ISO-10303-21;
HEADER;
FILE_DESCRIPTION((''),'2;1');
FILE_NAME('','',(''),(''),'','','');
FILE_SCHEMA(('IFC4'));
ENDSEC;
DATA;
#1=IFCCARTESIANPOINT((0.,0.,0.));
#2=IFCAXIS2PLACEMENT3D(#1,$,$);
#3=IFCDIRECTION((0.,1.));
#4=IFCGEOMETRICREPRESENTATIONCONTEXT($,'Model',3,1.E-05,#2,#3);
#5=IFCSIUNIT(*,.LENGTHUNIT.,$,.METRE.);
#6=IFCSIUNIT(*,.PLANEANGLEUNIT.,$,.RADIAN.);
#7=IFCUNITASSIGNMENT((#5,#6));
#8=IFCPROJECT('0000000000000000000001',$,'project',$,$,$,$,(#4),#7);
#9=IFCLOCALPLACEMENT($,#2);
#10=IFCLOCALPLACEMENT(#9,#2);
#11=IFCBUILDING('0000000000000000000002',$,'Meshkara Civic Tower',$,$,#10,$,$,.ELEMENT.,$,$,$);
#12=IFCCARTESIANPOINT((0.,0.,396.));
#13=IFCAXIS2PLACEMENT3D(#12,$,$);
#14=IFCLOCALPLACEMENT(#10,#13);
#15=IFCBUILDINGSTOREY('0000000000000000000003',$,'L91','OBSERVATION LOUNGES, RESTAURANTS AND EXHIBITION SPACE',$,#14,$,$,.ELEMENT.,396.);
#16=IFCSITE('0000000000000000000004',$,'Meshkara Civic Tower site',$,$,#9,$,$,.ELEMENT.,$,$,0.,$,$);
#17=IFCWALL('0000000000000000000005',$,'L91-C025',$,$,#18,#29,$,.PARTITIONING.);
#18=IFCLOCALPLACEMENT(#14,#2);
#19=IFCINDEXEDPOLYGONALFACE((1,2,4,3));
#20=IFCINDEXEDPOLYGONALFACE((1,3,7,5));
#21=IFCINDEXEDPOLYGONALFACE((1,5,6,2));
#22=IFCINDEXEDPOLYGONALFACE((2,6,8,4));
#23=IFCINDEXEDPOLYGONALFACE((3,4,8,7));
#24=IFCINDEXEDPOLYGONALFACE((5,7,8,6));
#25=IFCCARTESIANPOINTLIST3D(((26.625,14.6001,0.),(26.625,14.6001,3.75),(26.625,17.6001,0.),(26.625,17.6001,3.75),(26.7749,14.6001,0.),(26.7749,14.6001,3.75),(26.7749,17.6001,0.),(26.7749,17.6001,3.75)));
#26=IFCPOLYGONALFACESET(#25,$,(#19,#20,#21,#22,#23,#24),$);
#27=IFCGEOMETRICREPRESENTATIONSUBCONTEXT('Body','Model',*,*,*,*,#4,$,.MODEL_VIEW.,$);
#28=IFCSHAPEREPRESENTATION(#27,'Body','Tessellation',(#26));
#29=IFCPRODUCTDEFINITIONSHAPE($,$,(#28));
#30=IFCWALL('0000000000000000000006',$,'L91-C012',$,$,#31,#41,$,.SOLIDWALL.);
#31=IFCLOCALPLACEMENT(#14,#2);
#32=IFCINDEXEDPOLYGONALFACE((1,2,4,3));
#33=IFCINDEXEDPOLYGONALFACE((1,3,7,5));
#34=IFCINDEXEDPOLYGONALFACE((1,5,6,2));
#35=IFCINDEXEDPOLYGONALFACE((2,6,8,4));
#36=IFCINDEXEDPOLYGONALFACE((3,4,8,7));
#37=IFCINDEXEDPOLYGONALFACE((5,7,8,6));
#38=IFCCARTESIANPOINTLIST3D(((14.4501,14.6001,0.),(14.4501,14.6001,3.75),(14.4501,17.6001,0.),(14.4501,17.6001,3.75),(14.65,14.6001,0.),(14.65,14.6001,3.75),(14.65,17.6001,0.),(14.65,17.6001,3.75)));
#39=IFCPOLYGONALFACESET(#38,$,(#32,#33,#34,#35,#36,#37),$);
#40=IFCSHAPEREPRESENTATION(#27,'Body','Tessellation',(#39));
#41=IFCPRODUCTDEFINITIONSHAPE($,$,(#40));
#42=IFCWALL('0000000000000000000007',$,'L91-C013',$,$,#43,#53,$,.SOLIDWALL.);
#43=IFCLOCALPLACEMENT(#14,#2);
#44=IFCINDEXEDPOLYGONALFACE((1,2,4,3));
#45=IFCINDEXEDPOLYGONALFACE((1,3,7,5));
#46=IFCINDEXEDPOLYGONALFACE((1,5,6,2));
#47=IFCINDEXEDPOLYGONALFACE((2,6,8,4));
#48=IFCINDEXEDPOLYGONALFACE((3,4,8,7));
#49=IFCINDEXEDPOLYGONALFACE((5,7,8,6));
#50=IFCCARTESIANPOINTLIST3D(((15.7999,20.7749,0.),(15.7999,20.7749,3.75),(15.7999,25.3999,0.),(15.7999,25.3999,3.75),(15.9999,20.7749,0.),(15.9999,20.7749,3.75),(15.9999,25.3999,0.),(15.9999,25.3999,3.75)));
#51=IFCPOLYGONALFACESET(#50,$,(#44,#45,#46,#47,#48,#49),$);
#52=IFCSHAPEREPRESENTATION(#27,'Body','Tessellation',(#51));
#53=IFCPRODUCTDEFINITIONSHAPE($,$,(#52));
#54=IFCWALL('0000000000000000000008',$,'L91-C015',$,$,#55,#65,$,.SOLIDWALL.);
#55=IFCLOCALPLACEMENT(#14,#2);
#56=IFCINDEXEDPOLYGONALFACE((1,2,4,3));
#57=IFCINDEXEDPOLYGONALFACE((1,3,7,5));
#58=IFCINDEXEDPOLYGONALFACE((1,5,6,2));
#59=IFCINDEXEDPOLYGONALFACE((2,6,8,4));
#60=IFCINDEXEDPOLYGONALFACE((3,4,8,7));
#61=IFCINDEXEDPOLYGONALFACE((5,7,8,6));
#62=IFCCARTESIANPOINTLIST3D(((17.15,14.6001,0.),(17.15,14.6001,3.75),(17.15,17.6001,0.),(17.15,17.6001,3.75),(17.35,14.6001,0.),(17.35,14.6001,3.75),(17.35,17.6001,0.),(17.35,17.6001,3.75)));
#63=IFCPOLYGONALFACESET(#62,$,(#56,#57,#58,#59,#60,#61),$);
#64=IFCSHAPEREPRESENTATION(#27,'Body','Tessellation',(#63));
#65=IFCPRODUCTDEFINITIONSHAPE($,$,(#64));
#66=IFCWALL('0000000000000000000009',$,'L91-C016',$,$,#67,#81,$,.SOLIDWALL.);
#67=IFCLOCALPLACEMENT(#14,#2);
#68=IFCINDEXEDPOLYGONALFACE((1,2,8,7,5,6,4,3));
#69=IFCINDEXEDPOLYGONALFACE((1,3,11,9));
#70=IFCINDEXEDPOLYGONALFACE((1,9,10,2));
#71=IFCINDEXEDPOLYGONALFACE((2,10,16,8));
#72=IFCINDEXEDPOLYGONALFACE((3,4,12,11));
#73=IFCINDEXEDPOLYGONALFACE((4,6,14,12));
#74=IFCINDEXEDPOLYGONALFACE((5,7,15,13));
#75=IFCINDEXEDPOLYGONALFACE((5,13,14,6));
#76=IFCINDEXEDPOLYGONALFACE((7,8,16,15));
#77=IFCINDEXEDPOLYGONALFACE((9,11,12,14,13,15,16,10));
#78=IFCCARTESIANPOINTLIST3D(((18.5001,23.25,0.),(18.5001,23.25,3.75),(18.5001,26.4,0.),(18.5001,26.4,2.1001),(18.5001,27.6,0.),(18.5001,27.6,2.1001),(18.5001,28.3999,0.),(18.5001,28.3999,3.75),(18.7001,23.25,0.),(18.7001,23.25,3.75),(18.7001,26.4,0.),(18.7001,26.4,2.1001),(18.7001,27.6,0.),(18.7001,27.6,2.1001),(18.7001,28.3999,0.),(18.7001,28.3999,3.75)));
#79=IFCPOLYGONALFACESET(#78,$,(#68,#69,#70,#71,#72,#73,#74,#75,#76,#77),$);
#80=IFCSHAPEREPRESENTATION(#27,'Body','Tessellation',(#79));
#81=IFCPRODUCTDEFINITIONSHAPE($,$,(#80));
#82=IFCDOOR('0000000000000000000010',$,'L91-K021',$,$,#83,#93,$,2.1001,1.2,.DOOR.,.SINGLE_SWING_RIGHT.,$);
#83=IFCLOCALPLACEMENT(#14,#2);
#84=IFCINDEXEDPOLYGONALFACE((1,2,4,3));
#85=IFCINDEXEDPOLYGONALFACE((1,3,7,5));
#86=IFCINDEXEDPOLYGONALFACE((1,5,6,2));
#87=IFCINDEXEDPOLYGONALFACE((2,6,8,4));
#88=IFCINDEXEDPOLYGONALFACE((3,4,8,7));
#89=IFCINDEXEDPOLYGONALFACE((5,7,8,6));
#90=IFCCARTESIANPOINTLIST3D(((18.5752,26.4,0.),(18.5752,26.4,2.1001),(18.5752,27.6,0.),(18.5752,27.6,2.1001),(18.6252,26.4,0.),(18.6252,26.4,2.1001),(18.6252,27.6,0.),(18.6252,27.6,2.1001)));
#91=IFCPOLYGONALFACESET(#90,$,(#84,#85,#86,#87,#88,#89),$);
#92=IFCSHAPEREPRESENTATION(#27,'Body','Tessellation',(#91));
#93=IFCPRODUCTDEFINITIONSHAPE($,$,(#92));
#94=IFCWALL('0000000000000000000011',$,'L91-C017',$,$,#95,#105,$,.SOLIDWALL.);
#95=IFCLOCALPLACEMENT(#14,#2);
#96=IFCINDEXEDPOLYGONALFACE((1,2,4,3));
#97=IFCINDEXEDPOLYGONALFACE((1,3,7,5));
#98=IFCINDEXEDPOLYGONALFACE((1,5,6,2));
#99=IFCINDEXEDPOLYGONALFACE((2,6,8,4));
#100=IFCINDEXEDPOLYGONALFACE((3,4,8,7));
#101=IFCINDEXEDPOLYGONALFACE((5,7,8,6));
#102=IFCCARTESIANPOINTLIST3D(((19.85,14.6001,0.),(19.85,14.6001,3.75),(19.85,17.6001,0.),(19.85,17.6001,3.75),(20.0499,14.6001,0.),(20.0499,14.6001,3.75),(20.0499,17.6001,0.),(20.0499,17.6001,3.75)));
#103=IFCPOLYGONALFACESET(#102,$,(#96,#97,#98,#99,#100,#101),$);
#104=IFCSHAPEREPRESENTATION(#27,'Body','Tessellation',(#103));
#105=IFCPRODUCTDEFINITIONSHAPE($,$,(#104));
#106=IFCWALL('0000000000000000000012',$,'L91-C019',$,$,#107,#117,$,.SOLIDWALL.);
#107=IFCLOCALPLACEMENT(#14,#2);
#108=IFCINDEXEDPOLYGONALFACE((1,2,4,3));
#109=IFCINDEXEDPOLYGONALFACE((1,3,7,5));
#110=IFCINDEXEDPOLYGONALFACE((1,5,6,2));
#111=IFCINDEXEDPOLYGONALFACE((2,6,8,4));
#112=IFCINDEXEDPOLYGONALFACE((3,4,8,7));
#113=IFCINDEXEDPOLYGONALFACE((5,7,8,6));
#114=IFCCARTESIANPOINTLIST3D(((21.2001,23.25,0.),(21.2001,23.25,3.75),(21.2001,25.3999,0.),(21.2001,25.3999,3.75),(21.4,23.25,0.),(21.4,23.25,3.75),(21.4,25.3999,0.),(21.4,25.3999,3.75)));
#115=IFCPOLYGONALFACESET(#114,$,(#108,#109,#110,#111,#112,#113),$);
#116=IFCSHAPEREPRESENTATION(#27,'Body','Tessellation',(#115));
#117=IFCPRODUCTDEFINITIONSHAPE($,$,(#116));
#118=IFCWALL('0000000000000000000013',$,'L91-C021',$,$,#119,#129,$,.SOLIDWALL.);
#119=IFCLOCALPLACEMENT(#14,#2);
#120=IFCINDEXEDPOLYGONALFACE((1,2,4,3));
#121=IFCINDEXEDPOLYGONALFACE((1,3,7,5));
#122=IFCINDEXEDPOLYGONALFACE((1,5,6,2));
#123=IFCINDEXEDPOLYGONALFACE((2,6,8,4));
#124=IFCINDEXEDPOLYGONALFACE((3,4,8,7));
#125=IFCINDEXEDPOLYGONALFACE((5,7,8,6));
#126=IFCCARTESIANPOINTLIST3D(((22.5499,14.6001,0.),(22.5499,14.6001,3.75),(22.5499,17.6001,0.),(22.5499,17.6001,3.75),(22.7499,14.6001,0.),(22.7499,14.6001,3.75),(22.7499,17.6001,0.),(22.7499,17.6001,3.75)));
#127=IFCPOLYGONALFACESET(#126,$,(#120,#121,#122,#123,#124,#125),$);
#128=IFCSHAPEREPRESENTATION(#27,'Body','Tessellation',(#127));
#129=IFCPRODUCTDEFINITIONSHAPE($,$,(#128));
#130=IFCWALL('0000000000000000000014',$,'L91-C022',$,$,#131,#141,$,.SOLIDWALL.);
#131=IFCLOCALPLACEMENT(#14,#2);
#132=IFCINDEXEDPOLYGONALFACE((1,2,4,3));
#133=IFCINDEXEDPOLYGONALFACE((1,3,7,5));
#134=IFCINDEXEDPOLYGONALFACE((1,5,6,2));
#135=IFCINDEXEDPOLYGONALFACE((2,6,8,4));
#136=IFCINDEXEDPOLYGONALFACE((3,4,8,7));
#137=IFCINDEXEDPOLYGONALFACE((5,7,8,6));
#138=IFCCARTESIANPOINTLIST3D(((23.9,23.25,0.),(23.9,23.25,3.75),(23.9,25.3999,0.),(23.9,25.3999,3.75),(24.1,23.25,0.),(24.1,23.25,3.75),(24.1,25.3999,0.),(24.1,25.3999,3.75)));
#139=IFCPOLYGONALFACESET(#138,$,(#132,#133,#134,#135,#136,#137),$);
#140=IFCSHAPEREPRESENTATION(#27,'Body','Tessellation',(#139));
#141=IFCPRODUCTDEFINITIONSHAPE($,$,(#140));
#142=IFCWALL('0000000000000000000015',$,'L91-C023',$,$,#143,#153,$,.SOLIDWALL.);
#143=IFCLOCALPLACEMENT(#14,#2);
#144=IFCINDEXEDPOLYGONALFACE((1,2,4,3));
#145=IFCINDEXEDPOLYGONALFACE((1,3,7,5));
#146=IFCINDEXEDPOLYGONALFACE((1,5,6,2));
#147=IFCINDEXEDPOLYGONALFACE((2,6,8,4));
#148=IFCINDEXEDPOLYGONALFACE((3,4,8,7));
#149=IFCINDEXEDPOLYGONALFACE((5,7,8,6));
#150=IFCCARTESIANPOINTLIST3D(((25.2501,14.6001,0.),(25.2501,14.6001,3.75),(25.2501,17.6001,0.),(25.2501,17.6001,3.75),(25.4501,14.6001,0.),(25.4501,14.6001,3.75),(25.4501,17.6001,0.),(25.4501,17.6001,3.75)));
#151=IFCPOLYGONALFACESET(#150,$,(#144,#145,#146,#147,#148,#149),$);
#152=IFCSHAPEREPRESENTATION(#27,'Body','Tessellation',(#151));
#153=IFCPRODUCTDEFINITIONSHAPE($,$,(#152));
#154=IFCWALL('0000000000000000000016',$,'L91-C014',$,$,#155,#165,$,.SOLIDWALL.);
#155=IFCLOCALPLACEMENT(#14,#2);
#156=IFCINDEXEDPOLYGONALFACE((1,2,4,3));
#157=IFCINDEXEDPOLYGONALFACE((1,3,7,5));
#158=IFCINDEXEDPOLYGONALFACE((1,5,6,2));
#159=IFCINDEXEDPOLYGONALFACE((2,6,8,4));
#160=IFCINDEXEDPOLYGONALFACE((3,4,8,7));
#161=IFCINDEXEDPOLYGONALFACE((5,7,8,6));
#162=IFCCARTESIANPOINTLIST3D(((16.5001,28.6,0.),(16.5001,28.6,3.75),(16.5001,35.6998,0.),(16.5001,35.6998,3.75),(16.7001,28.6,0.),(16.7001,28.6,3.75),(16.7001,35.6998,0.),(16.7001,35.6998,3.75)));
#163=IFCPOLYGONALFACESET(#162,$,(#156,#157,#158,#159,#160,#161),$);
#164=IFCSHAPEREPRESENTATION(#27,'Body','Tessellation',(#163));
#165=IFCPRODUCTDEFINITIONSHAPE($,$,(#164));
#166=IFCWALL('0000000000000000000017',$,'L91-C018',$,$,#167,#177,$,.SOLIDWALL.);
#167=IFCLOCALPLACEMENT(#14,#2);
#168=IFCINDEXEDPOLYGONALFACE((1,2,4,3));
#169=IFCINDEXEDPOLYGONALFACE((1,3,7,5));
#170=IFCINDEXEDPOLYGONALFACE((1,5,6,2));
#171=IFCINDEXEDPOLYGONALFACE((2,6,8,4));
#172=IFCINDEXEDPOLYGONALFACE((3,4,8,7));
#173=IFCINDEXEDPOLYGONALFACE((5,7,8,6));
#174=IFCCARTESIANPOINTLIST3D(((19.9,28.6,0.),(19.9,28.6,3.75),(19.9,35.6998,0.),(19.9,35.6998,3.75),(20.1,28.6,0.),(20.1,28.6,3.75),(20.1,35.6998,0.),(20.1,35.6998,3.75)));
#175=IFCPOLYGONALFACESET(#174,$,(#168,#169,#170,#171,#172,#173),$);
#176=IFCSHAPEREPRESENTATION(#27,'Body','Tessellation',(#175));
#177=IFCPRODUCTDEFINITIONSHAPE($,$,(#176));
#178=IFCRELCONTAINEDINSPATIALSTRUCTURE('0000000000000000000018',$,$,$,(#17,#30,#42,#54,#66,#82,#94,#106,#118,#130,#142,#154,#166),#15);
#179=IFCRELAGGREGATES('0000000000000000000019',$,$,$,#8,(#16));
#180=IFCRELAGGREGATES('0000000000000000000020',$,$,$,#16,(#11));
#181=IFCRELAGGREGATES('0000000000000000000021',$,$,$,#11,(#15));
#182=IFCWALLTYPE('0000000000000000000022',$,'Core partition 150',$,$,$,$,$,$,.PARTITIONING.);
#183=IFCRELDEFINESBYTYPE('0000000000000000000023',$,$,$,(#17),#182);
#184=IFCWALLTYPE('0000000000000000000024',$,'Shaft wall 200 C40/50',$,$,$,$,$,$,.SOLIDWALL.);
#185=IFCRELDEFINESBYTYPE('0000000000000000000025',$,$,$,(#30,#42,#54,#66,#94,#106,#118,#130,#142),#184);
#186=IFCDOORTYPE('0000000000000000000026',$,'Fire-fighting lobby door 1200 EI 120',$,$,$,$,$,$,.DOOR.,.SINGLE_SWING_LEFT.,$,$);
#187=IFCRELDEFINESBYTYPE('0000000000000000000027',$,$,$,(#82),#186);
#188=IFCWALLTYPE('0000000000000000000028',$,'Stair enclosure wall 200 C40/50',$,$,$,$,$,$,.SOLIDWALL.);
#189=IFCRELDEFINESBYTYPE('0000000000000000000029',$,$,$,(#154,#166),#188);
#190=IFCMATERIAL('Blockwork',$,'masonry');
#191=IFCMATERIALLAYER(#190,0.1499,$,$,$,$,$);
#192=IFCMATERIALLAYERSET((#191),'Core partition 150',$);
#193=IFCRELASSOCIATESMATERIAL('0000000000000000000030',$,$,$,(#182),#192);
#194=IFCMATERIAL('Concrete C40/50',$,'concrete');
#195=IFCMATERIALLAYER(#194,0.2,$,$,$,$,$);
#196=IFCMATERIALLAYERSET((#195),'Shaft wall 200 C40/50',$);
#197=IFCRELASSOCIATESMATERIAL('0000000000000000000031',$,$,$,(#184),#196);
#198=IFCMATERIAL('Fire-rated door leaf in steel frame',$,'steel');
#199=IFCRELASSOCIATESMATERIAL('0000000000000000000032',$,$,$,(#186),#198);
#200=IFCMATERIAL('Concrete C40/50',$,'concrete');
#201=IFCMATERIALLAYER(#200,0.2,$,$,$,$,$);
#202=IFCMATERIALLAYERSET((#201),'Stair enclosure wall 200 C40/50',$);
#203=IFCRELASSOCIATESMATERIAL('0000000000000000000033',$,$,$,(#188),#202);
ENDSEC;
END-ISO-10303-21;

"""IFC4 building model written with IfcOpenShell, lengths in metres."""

from ifc_helpers import new_model, si_unit, direction, frame, frame_2d, origin, place, context, subcontext, project, spatial, rectangle, extrude, material, layer, layer_set, type_object, element, fill, save


model = new_model("IFC4")

# Units and contexts
model_context = context("Model", 3, precision=1e-05, world=origin(), true_north=direction((0.0, 1.0)))
body_context = subcontext(model_context, "Body", "Model", "MODEL_VIEW")
ifc_project = project(units=[si_unit("LENGTHUNIT", "METRE"), si_unit("PLANEANGLEUNIT", "RADIAN")], contexts=[model_context])

# Site, building, storey
site_placement = place(None, origin())
site = spatial("IfcSite", under=ifc_project, at=site_placement, Name="Meshkara Civic Tower site", CompositionType="ELEMENT", RefElevation=0.0)
building_placement = place(site_placement, origin())
building = spatial("IfcBuilding", under=site, at=building_placement, Name="Meshkara Civic Tower", CompositionType="ELEMENT")
storey_placement = place(building_placement, frame((0.0, 0.0, 396.0)))
storey = spatial("IfcBuildingStorey", under=building, at=storey_placement, Name="L91", Description="OBSERVATION LOUNGES, RESTAURANTS AND EXHIBITION SPACE", CompositionType="ELEMENT", Elevation=396.0)

# Walls
ifc_material_1 = material(Name="Blockwork", Category="masonry")
ifc_layer_1 = layer(ifc_material_1, 0.1499)
ifc_layer_set_1 = layer_set([ifc_layer_1], Name="Core partition 150")
wall_type_1 = type_object("IfcWallType", Name="Core partition 150", PredefinedType="PARTITIONING", material=ifc_layer_set_1)
wall_1_placement = place(storey_placement, frame((26.7, 14.6001, 0.0), z_axis=(0.0, 0.0, 1.0), x_axis=(0.0, 1.0, 0.0)))
element("IfcWall", 1, at=wall_1_placement, inside=storey, type_object=wall_type_1, Name="L91-C025", PredefinedType="PARTITIONING", context=body_context, shape_type="SweptSolid", body=[
    extrude(rectangle(XDim=3.0, YDim=0.1499, at=frame_2d((1.5, 0.0))), origin(), (0.0, 0.0, 1.0), 3.75),
])
ifc_material_2 = material(Name="Concrete C40/50", Category="concrete")
ifc_layer_2 = layer(ifc_material_2, 0.2)
ifc_layer_set_2 = layer_set([ifc_layer_2], Name="Shaft wall 200 C40/50")
wall_type_2 = type_object("IfcWallType", Name="Shaft wall 200 C40/50", PredefinedType="SOLIDWALL", material=ifc_layer_set_2)
wall_2_placement = place(storey_placement, frame((14.55, 14.6001, 0.0), z_axis=(0.0, 0.0, 1.0), x_axis=(0.0, 1.0, 0.0)))
element("IfcWall", 2, at=wall_2_placement, inside=storey, type_object=wall_type_2, Name="L91-C012", PredefinedType="SOLIDWALL", context=body_context, shape_type="SweptSolid", body=[
    extrude(rectangle(XDim=3.0, YDim=0.2, at=frame_2d((1.5, 0.0))), origin(), (0.0, 0.0, 1.0), 3.75),
])
wall_3_placement = place(storey_placement, frame((15.8999, 20.7749, 0.0), z_axis=(0.0, 0.0, 1.0), x_axis=(0.0, 1.0, 0.0)))
element("IfcWall", 3, at=wall_3_placement, inside=storey, type_object=wall_type_2, Name="L91-C013", PredefinedType="SOLIDWALL", context=body_context, shape_type="SweptSolid", body=[
    extrude(rectangle(XDim=4.625, YDim=0.2, at=frame_2d((2.3125, 0.0))), origin(), (0.0, 0.0, 1.0), 3.75),
])
wall_4_placement = place(storey_placement, frame((17.25, 14.6001, 0.0), z_axis=(0.0, 0.0, 1.0), x_axis=(0.0, 1.0, 0.0)))
element("IfcWall", 4, at=wall_4_placement, inside=storey, type_object=wall_type_2, Name="L91-C015", PredefinedType="SOLIDWALL", context=body_context, shape_type="SweptSolid", body=[
    extrude(rectangle(XDim=3.0, YDim=0.2, at=frame_2d((1.5, 0.0))), origin(), (0.0, 0.0, 1.0), 3.75),
])

# Wall, opening, door
wall_5_placement = place(storey_placement, frame((18.6001, 23.25, 0.0), z_axis=(0.0, 0.0, 1.0), x_axis=(0.0, 1.0, 0.0)))
wall_5 = element("IfcWall", 5, at=wall_5_placement, inside=storey, type_object=wall_type_2, Name="L91-C016", PredefinedType="SOLIDWALL", context=body_context, shape_type="SweptSolid", body=[
    extrude(rectangle(XDim=5.1499, YDim=0.2, at=frame_2d((2.575, 0.0))), origin(), (0.0, 0.0, 1.0), 3.75),
])
opening_placement = place(wall_5_placement, frame((3.1499, 0.0, 0.0)))
opening = element("IfcOpeningElement", 6, at=opening_placement, cuts=wall_5, PredefinedType="OPENING", context=body_context, shape_type="SweptSolid", body=[
    extrude(rectangle(XDim=1.2, YDim=2.1001, at=frame_2d((0.6001, 1.05))), frame((0.0, 0.1099, 0.0), z_axis=(0.0, -1.0, 0.0), x_axis=(1.0, 0.0, 0.0)), (0.0, 0.0, 1.0), 0.22),
])
ifc_material_3 = material(Name="Fire-rated door leaf in steel frame", Category="steel")
door_type = type_object("IfcDoorType", Name="Fire-fighting lobby door 1200 EI 120", OperationType="SINGLE_SWING_LEFT", PredefinedType="DOOR", material=ifc_material_3)
door_placement = place(opening_placement, origin())
door = element("IfcDoor", 7, at=door_placement, inside=storey, type_object=door_type, Name="L91-K021", OperationType="SINGLE_SWING_RIGHT", OverallHeight=2.1001, OverallWidth=1.2, PredefinedType="DOOR", context=body_context, shape_type="SweptSolid", body=[
    extrude(rectangle(XDim=1.2, YDim=2.1001, at=frame_2d((0.6001, 1.05))), frame((0.0, 0.0249, 0.0), z_axis=(0.0, -1.0, 0.0), x_axis=(1.0, 0.0, 0.0)), (0.0, 0.0, 1.0), 0.05),
])
fill(opening, door)

# Walls
wall_6_placement = place(storey_placement, frame((19.95, 14.6001, 0.0), z_axis=(0.0, 0.0, 1.0), x_axis=(0.0, 1.0, 0.0)))
element("IfcWall", 8, at=wall_6_placement, inside=storey, type_object=wall_type_2, Name="L91-C017", PredefinedType="SOLIDWALL", context=body_context, shape_type="SweptSolid", body=[
    extrude(rectangle(XDim=3.0, YDim=0.2, at=frame_2d((1.5, 0.0))), origin(), (0.0, 0.0, 1.0), 3.75),
])
wall_7_placement = place(storey_placement, frame((21.3, 23.25, 0.0), z_axis=(0.0, 0.0, 1.0), x_axis=(0.0, 1.0, 0.0)))
element("IfcWall", 9, at=wall_7_placement, inside=storey, type_object=wall_type_2, Name="L91-C019", PredefinedType="SOLIDWALL", context=body_context, shape_type="SweptSolid", body=[
    extrude(rectangle(XDim=2.1499, YDim=0.2, at=frame_2d((1.075, 0.0))), origin(), (0.0, 0.0, 1.0), 3.75),
])
wall_8_placement = place(storey_placement, frame((22.6499, 14.6001, 0.0), z_axis=(0.0, 0.0, 1.0), x_axis=(0.0, 1.0, 0.0)))
element("IfcWall", 10, at=wall_8_placement, inside=storey, type_object=wall_type_2, Name="L91-C021", PredefinedType="SOLIDWALL", context=body_context, shape_type="SweptSolid", body=[
    extrude(rectangle(XDim=3.0, YDim=0.2, at=frame_2d((1.5, 0.0))), origin(), (0.0, 0.0, 1.0), 3.75),
])
wall_9_placement = place(storey_placement, frame((24.0, 23.25, 0.0), z_axis=(0.0, 0.0, 1.0), x_axis=(0.0, 1.0, 0.0)))
element("IfcWall", 11, at=wall_9_placement, inside=storey, type_object=wall_type_2, Name="L91-C022", PredefinedType="SOLIDWALL", context=body_context, shape_type="SweptSolid", body=[
    extrude(rectangle(XDim=2.1499, YDim=0.2, at=frame_2d((1.075, 0.0))), origin(), (0.0, 0.0, 1.0), 3.75),
])
wall_10_placement = place(storey_placement, frame((25.3501, 14.6001, 0.0), z_axis=(0.0, 0.0, 1.0), x_axis=(0.0, 1.0, 0.0)))
element("IfcWall", 12, at=wall_10_placement, inside=storey, type_object=wall_type_2, Name="L91-C023", PredefinedType="SOLIDWALL", context=body_context, shape_type="SweptSolid", body=[
    extrude(rectangle(XDim=3.0, YDim=0.2, at=frame_2d((1.5, 0.0))), origin(), (0.0, 0.0, 1.0), 3.75),
])
ifc_material_4 = material(Name="Concrete C40/50", Category="concrete")
ifc_layer_3 = layer(ifc_material_4, 0.2)
ifc_layer_set_3 = layer_set([ifc_layer_3], Name="Stair enclosure wall 200 C40/50")
wall_type_3 = type_object("IfcWallType", Name="Stair enclosure wall 200 C40/50", PredefinedType="SOLIDWALL", material=ifc_layer_set_3)
for number, where, z_axis, x_axis, name in (
    (13, (16.6001, 28.6001, 0.0), (0.0, 0.0, 1.0), (0.0, 1.0, 0.0), "L91-C014"),
    (14, (20.0, 28.6001, 0.0), (0.0, 0.0, 1.0), (0.0, 1.0, 0.0), "L91-C018"),
):
    element("IfcWall", number, at=place(storey_placement, frame(where, z_axis=z_axis, x_axis=x_axis)), inside=storey, type_object=wall_type_3, Name=name, PredefinedType="SOLIDWALL", context=body_context, shape_type="SweptSolid", body=[
        extrude(rectangle(XDim=7.0999, YDim=0.2, at=frame_2d((3.5498, 0.0))), origin(), (0.0, 0.0, 1.0), 3.75),
    ])

save(model, "model.ifc")
